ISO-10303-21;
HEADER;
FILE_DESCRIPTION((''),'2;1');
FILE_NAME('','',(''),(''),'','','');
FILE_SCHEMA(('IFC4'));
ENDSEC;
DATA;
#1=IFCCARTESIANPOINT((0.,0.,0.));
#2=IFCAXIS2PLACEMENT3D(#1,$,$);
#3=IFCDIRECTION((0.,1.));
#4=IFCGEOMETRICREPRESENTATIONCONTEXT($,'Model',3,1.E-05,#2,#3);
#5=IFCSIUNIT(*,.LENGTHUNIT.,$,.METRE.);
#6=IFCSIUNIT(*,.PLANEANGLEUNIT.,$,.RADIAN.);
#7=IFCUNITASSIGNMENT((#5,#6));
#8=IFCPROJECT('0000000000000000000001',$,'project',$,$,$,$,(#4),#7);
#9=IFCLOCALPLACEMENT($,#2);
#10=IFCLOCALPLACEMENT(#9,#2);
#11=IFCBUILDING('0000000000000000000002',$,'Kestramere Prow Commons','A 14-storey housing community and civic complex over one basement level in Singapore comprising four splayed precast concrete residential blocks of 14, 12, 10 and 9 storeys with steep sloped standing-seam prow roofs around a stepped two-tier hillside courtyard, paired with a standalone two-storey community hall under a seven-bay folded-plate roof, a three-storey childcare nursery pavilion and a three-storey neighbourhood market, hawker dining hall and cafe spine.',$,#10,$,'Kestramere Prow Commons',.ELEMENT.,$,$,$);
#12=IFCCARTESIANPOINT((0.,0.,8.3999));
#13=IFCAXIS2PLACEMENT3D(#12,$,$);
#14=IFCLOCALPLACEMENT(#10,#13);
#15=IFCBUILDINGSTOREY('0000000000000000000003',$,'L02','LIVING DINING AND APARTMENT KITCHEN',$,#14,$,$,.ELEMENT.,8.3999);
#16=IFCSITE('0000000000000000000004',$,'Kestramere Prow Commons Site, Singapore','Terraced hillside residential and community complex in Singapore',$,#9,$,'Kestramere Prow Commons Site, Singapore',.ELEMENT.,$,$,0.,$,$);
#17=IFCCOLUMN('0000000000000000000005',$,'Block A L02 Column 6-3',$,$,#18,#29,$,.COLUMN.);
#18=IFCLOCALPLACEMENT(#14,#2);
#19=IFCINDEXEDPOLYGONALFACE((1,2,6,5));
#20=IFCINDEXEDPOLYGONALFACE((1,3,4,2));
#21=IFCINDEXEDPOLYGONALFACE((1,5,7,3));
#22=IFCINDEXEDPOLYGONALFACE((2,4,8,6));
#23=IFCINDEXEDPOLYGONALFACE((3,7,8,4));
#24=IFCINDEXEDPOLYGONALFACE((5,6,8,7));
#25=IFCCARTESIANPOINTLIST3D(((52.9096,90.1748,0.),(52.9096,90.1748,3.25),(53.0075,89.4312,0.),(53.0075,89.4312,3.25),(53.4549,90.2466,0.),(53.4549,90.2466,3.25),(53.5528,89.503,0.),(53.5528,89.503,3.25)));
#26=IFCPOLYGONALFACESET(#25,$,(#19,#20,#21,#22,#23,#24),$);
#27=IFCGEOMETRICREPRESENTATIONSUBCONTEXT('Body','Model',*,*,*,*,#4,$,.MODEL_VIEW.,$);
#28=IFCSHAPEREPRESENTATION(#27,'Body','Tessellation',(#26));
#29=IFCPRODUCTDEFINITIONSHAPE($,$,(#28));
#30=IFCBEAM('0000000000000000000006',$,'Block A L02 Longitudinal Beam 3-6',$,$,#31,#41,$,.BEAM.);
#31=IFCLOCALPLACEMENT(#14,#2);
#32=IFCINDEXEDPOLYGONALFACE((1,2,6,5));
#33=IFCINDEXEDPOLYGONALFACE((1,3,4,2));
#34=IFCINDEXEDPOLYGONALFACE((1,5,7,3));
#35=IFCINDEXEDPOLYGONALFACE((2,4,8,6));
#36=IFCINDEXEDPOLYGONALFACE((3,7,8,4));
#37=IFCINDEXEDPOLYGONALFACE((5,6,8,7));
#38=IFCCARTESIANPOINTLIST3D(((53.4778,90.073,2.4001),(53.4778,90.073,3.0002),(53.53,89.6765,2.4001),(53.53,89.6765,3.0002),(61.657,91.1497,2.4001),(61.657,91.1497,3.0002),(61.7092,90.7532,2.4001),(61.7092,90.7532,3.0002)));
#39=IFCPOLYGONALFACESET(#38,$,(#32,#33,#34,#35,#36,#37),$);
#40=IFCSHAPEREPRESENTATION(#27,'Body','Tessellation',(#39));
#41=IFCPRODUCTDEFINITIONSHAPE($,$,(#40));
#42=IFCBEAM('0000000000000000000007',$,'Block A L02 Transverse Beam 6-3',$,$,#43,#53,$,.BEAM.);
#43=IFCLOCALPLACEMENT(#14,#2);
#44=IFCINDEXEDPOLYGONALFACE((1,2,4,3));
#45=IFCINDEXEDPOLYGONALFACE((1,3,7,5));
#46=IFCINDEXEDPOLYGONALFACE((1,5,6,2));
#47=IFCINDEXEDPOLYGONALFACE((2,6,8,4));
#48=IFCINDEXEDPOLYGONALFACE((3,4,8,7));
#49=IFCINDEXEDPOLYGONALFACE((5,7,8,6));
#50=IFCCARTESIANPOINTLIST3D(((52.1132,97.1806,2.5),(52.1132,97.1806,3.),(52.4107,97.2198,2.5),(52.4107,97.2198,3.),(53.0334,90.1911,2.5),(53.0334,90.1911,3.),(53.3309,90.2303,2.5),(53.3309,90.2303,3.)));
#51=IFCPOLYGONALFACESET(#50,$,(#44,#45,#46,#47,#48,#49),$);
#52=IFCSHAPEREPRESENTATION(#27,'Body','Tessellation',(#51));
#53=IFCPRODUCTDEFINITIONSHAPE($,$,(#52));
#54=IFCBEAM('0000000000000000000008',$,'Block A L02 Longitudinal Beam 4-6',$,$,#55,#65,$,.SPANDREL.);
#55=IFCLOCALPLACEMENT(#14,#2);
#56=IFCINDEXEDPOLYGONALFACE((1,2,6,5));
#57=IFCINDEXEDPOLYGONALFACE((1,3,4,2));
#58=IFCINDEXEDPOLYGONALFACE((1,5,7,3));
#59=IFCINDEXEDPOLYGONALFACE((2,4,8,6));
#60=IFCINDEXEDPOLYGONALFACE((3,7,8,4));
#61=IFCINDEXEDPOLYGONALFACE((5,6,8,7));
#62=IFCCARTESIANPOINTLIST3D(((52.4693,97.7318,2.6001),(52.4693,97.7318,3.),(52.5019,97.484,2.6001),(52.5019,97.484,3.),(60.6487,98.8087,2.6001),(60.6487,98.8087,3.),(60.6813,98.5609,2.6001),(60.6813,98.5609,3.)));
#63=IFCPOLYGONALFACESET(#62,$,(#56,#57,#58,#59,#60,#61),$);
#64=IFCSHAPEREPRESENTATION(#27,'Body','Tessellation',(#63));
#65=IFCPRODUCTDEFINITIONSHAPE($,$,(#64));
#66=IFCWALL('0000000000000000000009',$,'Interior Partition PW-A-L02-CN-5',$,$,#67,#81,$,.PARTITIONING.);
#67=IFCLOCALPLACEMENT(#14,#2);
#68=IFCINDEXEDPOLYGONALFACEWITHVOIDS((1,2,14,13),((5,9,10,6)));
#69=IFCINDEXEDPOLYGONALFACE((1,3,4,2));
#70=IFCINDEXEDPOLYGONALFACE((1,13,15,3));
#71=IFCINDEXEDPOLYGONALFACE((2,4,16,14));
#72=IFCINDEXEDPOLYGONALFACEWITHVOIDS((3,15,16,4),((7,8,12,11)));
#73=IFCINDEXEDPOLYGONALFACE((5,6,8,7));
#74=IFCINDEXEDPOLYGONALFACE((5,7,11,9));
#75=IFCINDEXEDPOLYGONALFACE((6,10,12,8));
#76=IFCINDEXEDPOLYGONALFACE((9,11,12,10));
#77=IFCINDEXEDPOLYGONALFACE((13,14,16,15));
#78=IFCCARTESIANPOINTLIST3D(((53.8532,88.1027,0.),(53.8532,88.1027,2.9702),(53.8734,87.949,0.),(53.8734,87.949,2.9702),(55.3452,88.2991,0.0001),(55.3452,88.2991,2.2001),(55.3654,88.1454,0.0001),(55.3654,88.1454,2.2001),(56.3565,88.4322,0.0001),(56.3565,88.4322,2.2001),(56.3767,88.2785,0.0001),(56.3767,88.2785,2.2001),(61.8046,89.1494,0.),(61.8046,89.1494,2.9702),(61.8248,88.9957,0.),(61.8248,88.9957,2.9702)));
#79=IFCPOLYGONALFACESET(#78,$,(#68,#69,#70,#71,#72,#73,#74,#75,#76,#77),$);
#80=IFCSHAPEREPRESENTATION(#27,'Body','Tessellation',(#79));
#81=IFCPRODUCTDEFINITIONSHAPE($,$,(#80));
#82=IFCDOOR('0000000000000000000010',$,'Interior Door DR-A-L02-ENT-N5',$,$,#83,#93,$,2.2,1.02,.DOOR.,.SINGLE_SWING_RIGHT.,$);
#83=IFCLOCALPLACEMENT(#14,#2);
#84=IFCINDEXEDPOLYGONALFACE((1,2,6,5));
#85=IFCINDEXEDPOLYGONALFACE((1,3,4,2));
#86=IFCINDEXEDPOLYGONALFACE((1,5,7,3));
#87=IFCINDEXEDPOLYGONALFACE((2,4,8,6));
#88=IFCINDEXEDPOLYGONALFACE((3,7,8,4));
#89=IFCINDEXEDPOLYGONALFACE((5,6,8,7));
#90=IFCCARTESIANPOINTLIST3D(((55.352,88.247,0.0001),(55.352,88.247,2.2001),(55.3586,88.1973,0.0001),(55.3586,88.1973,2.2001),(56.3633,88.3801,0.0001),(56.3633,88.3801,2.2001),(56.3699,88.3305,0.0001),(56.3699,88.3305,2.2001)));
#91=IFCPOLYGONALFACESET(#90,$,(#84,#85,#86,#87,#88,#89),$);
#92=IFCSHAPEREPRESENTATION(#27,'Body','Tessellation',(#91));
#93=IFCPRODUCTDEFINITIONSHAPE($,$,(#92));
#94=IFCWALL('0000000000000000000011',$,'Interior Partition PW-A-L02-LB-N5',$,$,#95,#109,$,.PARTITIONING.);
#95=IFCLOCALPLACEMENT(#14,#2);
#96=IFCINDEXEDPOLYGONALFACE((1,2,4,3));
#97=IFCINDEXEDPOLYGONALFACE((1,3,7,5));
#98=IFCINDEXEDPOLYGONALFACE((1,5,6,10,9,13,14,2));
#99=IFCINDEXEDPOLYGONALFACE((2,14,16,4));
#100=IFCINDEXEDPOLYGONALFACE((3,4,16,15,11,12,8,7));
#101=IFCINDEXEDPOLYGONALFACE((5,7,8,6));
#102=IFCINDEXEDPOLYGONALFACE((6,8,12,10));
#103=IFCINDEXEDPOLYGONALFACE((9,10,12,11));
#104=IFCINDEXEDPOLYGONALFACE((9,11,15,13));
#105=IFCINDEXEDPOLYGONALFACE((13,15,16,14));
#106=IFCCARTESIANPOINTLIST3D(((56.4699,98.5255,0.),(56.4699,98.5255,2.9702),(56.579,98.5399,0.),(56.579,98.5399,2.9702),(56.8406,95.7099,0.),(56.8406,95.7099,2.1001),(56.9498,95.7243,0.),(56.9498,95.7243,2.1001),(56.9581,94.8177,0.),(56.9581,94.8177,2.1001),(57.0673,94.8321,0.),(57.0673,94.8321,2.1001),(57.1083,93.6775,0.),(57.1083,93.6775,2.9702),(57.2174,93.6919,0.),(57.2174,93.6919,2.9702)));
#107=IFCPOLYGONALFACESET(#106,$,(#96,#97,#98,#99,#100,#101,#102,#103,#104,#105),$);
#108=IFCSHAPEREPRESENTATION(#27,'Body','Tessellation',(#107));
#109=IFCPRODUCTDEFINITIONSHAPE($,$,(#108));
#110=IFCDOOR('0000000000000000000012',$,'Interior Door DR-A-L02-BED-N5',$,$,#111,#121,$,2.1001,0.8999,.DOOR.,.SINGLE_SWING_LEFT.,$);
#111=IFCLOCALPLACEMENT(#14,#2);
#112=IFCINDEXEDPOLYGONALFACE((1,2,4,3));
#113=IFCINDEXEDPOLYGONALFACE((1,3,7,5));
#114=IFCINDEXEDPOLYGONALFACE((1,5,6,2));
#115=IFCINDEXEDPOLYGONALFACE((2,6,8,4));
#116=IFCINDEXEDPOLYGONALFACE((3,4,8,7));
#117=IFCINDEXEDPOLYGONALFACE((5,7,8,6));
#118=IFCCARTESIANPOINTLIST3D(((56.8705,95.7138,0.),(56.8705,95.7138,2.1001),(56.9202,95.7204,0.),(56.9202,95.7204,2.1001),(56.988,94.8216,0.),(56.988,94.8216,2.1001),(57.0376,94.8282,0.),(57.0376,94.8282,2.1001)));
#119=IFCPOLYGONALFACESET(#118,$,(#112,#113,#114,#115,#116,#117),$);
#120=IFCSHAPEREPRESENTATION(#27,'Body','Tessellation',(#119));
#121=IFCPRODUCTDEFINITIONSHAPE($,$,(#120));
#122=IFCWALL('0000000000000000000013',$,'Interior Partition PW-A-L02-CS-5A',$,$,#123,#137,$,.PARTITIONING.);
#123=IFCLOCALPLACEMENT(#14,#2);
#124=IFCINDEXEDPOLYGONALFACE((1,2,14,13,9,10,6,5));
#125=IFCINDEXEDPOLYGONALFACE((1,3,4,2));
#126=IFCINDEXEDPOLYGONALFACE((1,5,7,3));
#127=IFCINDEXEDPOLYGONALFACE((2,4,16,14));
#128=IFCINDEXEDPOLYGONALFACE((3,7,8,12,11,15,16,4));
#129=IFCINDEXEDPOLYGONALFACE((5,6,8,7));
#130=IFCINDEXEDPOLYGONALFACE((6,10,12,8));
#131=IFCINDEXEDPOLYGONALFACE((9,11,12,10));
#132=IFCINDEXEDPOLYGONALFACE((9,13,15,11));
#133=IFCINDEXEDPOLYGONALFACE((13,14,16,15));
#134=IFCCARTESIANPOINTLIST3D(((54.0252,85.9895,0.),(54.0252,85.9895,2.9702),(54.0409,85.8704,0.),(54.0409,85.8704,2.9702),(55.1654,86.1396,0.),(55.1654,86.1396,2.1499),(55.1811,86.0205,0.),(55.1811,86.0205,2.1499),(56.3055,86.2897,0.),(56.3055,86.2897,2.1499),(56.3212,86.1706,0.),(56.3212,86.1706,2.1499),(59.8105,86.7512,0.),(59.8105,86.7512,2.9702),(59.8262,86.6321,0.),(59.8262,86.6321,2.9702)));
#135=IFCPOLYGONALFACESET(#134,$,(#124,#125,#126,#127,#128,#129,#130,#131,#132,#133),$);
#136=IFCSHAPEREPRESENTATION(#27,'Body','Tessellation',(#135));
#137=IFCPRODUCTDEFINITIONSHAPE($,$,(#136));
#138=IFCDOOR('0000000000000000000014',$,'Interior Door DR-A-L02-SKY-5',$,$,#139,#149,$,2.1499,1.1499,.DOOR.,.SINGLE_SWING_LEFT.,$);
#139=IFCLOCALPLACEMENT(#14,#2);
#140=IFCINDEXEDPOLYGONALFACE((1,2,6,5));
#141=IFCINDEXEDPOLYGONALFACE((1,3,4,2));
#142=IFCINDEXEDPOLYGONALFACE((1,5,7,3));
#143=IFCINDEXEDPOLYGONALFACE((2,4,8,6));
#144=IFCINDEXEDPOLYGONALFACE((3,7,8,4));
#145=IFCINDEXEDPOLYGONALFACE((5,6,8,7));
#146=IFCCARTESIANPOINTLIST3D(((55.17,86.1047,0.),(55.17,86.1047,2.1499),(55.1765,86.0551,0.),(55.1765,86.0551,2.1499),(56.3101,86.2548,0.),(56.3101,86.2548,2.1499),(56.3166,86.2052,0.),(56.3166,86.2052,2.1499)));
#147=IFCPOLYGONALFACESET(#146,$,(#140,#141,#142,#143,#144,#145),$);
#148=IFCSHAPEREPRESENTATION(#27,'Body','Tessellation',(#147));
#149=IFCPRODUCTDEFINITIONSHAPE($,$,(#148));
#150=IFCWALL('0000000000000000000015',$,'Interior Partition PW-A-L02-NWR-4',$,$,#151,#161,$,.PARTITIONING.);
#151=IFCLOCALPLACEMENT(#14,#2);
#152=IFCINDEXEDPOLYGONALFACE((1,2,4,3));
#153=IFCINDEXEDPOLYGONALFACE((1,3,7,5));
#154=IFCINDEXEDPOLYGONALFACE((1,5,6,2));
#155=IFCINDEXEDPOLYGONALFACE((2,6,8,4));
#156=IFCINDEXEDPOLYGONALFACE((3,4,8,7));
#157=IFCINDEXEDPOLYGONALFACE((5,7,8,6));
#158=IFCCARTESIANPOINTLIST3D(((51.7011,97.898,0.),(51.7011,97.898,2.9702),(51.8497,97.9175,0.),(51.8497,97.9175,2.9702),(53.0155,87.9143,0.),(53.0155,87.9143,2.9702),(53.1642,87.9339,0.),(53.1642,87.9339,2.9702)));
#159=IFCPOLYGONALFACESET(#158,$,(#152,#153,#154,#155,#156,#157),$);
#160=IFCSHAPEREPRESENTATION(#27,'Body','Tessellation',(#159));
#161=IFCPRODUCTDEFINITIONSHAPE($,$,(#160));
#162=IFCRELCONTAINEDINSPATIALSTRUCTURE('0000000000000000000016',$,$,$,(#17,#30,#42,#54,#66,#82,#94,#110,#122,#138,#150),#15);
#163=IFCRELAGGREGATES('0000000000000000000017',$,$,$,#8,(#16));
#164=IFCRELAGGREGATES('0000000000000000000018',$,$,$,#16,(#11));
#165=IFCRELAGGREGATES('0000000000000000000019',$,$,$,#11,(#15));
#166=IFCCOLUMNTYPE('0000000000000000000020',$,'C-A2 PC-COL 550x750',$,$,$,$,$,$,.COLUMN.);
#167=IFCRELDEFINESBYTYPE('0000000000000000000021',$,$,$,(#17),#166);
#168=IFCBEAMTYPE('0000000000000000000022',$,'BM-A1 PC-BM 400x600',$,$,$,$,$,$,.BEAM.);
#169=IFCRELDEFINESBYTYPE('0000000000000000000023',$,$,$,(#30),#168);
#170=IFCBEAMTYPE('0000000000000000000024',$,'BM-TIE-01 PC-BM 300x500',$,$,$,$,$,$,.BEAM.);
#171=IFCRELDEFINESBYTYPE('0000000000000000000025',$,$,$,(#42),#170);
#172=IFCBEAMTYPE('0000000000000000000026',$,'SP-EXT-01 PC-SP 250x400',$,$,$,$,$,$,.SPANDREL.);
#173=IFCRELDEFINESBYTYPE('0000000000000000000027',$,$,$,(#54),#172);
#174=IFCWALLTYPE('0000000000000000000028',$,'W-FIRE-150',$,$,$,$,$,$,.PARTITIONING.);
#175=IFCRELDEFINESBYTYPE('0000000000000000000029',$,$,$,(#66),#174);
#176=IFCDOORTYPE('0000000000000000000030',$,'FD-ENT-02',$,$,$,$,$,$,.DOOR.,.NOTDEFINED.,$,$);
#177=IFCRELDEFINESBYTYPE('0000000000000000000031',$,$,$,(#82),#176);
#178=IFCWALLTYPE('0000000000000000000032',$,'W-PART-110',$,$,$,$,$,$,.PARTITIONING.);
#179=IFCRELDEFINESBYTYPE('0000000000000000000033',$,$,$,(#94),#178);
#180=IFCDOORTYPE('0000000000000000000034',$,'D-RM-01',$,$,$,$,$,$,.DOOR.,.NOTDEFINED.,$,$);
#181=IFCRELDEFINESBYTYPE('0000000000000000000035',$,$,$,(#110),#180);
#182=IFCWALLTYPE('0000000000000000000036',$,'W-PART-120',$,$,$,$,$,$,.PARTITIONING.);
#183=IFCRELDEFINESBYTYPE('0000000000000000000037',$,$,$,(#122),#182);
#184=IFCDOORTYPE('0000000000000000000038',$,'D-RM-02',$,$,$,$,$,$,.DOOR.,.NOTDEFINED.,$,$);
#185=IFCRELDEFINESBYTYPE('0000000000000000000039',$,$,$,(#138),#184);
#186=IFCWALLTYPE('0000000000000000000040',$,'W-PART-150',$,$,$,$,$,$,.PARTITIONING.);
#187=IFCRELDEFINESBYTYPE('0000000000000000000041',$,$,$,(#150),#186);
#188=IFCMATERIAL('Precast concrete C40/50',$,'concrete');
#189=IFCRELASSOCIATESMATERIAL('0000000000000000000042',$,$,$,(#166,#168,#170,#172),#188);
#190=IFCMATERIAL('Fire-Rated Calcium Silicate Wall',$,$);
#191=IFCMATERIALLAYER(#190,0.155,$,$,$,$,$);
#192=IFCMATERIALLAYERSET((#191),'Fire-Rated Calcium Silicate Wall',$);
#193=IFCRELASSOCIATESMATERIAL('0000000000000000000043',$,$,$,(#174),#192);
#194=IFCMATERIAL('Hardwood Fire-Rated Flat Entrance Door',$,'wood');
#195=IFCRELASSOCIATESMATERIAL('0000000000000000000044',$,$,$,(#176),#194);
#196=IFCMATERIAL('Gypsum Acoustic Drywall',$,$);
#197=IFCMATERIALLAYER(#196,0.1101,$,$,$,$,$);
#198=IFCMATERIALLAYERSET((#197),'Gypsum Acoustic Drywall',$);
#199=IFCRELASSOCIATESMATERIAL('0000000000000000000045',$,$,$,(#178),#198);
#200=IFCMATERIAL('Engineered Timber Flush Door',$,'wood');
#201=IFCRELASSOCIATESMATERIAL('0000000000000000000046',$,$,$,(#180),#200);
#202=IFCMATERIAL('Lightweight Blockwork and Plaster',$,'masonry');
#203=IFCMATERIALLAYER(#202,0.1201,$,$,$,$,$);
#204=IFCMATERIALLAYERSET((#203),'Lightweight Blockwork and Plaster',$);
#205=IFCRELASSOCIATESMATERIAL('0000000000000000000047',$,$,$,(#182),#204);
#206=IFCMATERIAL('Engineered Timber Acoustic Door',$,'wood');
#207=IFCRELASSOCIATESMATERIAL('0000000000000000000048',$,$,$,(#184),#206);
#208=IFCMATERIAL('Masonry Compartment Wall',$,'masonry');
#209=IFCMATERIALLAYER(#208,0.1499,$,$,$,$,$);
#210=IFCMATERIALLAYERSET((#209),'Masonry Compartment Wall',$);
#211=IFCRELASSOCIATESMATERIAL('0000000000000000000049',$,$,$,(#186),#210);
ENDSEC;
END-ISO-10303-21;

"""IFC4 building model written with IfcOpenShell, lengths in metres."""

from ifc_helpers import new_model, si_unit, direction, frame, frame_2d, origin, origin_2d, place, context, subcontext, project, spatial, rectangle, extrude, material, layer, layer_set, material_profile, profile_set, type_object, element, fill, save


model = new_model("IFC4")

# Units and contexts
model_context = context("Model", 3, precision=1e-05, world=origin(), true_north=direction((0.0, 1.0)))
body_context = subcontext(model_context, "Body", "Model", "MODEL_VIEW")
ifc_project = project(units=[si_unit("LENGTHUNIT", "METRE"), si_unit("PLANEANGLEUNIT", "RADIAN")], contexts=[model_context])

# Site, building, storey
site_placement = place(None, origin())
site = spatial("IfcSite", under=ifc_project, at=site_placement, Name="Kestramere Prow Commons Site, Singapore", Description="Terraced hillside residential and community complex in Singapore", LongName="Kestramere Prow Commons Site, Singapore", CompositionType="ELEMENT", RefElevation=0.0)
building_placement = place(site_placement, origin())
building = spatial("IfcBuilding", under=site, at=building_placement, Name="Kestramere Prow Commons", Description="A 14-storey housing community and civic complex over one basement level in Singapore comprising four splayed precast concrete residential blocks of 14, 12, 10 and 9 storeys with steep sloped standing-seam prow roofs around a stepped two-tier hillside courtyard, paired with a standalone two-storey community hall under a seven-bay folded-plate roof, a three-storey childcare nursery pavilion and a three-storey neighbourhood market, hawker dining hall and cafe spine.", LongName="Kestramere Prow Commons", CompositionType="ELEMENT")
storey_placement = place(building_placement, frame((0.0, 0.0, 8.3999)))
storey = spatial("IfcBuildingStorey", under=building, at=storey_placement, Name="L02", Description="LIVING DINING AND APARTMENT KITCHEN", CompositionType="ELEMENT", Elevation=8.3999)

# Column
ifc_material_1 = material(Name="Precast concrete C40/50", Category="concrete")
ifc_material_profile_1 = material_profile(ifc_material_1, rectangle(XDim=0.55, YDim=0.75, at=origin_2d()), Name="PC-COL 550x750")
ifc_profile_set_1 = profile_set([ifc_material_profile_1], Name="Precast concrete C40/50")
column_type = type_object("IfcColumnType", Name="C-A2 PC-COL 550x750", PredefinedType="COLUMN", material=ifc_profile_set_1)
column_placement = place(storey_placement, frame((53.2312, 89.8389, 0.0), z_axis=(0.0, 0.0, 1.0), x_axis=(0.991445, 0.130526, 0.0)))
element("IfcColumn", 1, at=column_placement, inside=storey, type_object=column_type, Name="Block A L02 Column 6-3", PredefinedType="COLUMN", context=body_context, shape_type="SweptSolid", body=[
    extrude(rectangle(XDim=0.55, YDim=0.75, at=origin_2d()), origin(), (0.0, 0.0, 1.0), 3.25),
])

# Beams
ifc_material_profile_2 = material_profile(ifc_material_1, rectangle(XDim=0.3999, YDim=0.6001, at=origin_2d()), Name="PC-BM 400x600")
ifc_profile_set_2 = profile_set([ifc_material_profile_2], Name="Precast concrete C40/50")
beam_type_1 = type_object("IfcBeamType", Name="BM-A1 PC-BM 400x600", PredefinedType="BEAM", material=ifc_profile_set_2)
beam_1_placement = place(storey_placement, frame((53.5039, 89.8748, 2.7002), z_axis=(0.991447, 0.130508, 0.0), x_axis=(-0.130508, 0.991447, 0.0)))
element("IfcBeam", 2, at=beam_1_placement, inside=storey, type_object=beam_type_1, Name="Block A L02 Longitudinal Beam 3-6", PredefinedType="BEAM", context=body_context, shape_type="SweptSolid", body=[
    extrude(rectangle(XDim=0.3999, YDim=0.6001, at=origin_2d()), origin(), (0.0, 0.0, 1.0), 8.2498),
])
ifc_material_profile_3 = material_profile(ifc_material_1, rectangle(XDim=0.3, YDim=0.5, at=origin_2d()), Name="PC-BM 300x500")
ifc_profile_set_3 = profile_set([ifc_material_profile_3], Name="Precast concrete C40/50")
beam_type_2 = type_object("IfcBeamType", Name="BM-TIE-01 PC-BM 300x500", PredefinedType="BEAM", material=ifc_profile_set_3)
beam_2_placement = place(storey_placement, frame((53.1821, 90.2107, 2.75), z_axis=(-0.130523, 0.991445, 0.0), x_axis=(-0.991445, -0.130523, 0.0)))
element("IfcBeam", 3, at=beam_2_placement, inside=storey, type_object=beam_type_2, Name="Block A L02 Transverse Beam 6-3", PredefinedType="BEAM", context=body_context, shape_type="SweptSolid", body=[
    extrude(rectangle(XDim=0.3, YDim=0.5, at=origin_2d()), origin(), (0.0, 0.0, 1.0), 7.0498),
])
ifc_material_profile_4 = material_profile(ifc_material_1, rectangle(XDim=0.25, YDim=0.3999, at=origin_2d()), Name="PC-SP 250x400")
ifc_profile_set_4 = profile_set([ifc_material_profile_4], Name="Precast concrete C40/50")
beam_type_3 = type_object("IfcBeamType", Name="SP-EXT-01 PC-SP 250x400", PredefinedType="SPANDREL", material=ifc_profile_set_4)
beam_3_placement = place(storey_placement, frame((52.4856, 97.6079, 2.8), z_axis=(0.991444, 0.130533, 0.0), x_axis=(-0.130533, 0.991444, 0.0)))
element("IfcBeam", 4, at=beam_3_placement, inside=storey, type_object=beam_type_3, Name="Block A L02 Longitudinal Beam 4-6", PredefinedType="SPANDREL", context=body_context, shape_type="SweptSolid", body=[
    extrude(rectangle(XDim=0.25, YDim=0.3999, at=origin_2d()), origin(), (0.0, 0.0, 1.0), 8.25),
])

# Walls, openings, doors
ifc_material_2 = material(Name="Fire-Rated Calcium Silicate Wall")
ifc_layer_1 = layer(ifc_material_2, 0.155)
ifc_layer_set_1 = layer_set([ifc_layer_1], Name="Fire-Rated Calcium Silicate Wall")
wall_type_1 = type_object("IfcWallType", Name="W-FIRE-150", PredefinedType="PARTITIONING", material=ifc_layer_set_1)
wall_1_placement = place(storey_placement, frame((53.8633, 88.0259, 0.0), z_axis=(0.0, 0.0, 1.0), x_axis=(0.991448, 0.130503, 0.0)))
wall_1 = element("IfcWall", 5, at=wall_1_placement, inside=storey, type_object=wall_type_1, Name="Interior Partition PW-A-L02-CN-5", PredefinedType="PARTITIONING", context=body_context, shape_type="SweptSolid", body=[
    extrude(rectangle(XDim=8.02, YDim=0.155, at=frame_2d((4.01, 0.0))), origin(), (0.0, 0.0, 1.0), 2.9702),
])
opening_1_placement = place(wall_1_placement, frame((1.5049, 0.0, 0.0)))
opening_1 = element("IfcOpeningElement", 6, at=opening_1_placement, cuts=wall_1, PredefinedType="OPENING", context=body_context, shape_type="SweptSolid", body=[
    extrude(rectangle(XDim=1.02, YDim=2.2, at=frame_2d((0.51, 1.1001))), frame((0.0, 0.0925, 0.0), z_axis=(0.0, -1.0, 0.0), x_axis=(1.0, 0.0, 0.0)), (0.0, 0.0, 1.0), 0.1851),
])
ifc_material_3 = material(Name="Hardwood Fire-Rated Flat Entrance Door", Category="wood")
door_type_1 = type_object("IfcDoorType", Name="FD-ENT-02", OperationType="NOTDEFINED", PredefinedType="DOOR", material=ifc_material_3)
door_1_placement = place(opening_1_placement, origin())
door_1 = element("IfcDoor", 7, at=door_1_placement, inside=storey, type_object=door_type_1, Name="Interior Door DR-A-L02-ENT-N5", OperationType="SINGLE_SWING_RIGHT", OverallHeight=2.2, OverallWidth=1.02, PredefinedType="DOOR", context=body_context, shape_type="SweptSolid", body=[
    extrude(rectangle(XDim=1.02, YDim=2.2, at=frame_2d((0.51, 1.1001))), frame((0.0, 0.0249, 0.0), z_axis=(0.0, -1.0, 0.0), x_axis=(1.0, 0.0, 0.0)), (0.0, 0.0, 1.0), 0.05),
])
fill(opening_1, door_1)
ifc_material_4 = material(Name="Gypsum Acoustic Drywall")
ifc_layer_2 = layer(ifc_material_4, 0.1101)
ifc_layer_set_2 = layer_set([ifc_layer_2], Name="Gypsum Acoustic Drywall")
wall_type_2 = type_object("IfcWallType", Name="W-PART-110", PredefinedType="PARTITIONING", material=ifc_layer_set_2)
wall_2_placement = place(storey_placement, frame((57.1628, 93.6848, 0.0), z_axis=(0.0, 0.0, 1.0), x_axis=(-0.130558, 0.991441, 0.0)))
wall_2 = element("IfcWall", 8, at=wall_2_placement, inside=storey, type_object=wall_type_2, Name="Interior Partition PW-A-L02-LB-N5", PredefinedType="PARTITIONING", context=body_context, shape_type="SweptSolid", body=[
    extrude(rectangle(XDim=4.8899, YDim=0.1101, at=frame_2d((2.4448, 0.0))), origin(), (0.0, 0.0, 1.0), 2.9702),
])
opening_2_placement = place(wall_2_placement, frame((1.1499, 0.0, 0.0)))
opening_2 = element("IfcOpeningElement", 9, at=opening_2_placement, cuts=wall_2, PredefinedType="OPENING", context=body_context, shape_type="SweptSolid", body=[
    extrude(rectangle(XDim=0.8999, YDim=2.1001, at=frame_2d((0.45, 1.05))), frame((0.0, 0.0701, 0.0), z_axis=(0.0, -1.0, 0.0), x_axis=(1.0, 0.0, 0.0)), (0.0, 0.0, 1.0), 0.1401),
])
ifc_material_5 = material(Name="Engineered Timber Flush Door", Category="wood")
door_type_2 = type_object("IfcDoorType", Name="D-RM-01", OperationType="NOTDEFINED", PredefinedType="DOOR", material=ifc_material_5)
door_2_placement = place(opening_2_placement, origin())
door_2 = element("IfcDoor", 10, at=door_2_placement, inside=storey, type_object=door_type_2, Name="Interior Door DR-A-L02-BED-N5", OperationType="SINGLE_SWING_LEFT", OverallHeight=2.1001, OverallWidth=0.8999, PredefinedType="DOOR", context=body_context, shape_type="SweptSolid", body=[
    extrude(rectangle(XDim=0.8999, YDim=2.1001, at=frame_2d((0.45, 1.05))), frame((0.0, 0.0249, 0.0), z_axis=(0.0, -1.0, 0.0), x_axis=(1.0, 0.0, 0.0)), (0.0, 0.0, 1.0), 0.05),
])
fill(opening_2, door_2)
ifc_material_6 = material(Name="Lightweight Blockwork and Plaster", Category="masonry")
ifc_layer_3 = layer(ifc_material_6, 0.1201)
ifc_layer_set_3 = layer_set([ifc_layer_3], Name="Lightweight Blockwork and Plaster")
wall_type_3 = type_object("IfcWallType", Name="W-PART-120", PredefinedType="PARTITIONING", material=ifc_layer_set_3)
wall_3_placement = place(storey_placement, frame((54.0332, 85.9299, 0.0), z_axis=(0.0, 0.0, 1.0), x_axis=(0.991443, 0.130541, 0.0)))
wall_3 = element("IfcWall", 11, at=wall_3_placement, inside=storey, type_object=wall_type_3, Name="Interior Partition PW-A-L02-CS-5A", PredefinedType="PARTITIONING", context=body_context, shape_type="SweptSolid", body=[
    extrude(rectangle(XDim=5.8352, YDim=0.1201, at=frame_2d((2.9175, 0.0))), origin(), (0.0, 0.0, 1.0), 2.9702),
])
opening_3_placement = place(wall_3_placement, frame((1.1499, 0.0, 0.0)))
opening_3 = element("IfcOpeningElement", 12, at=opening_3_placement, cuts=wall_3, PredefinedType="OPENING", context=body_context, shape_type="SweptSolid", body=[
    extrude(rectangle(XDim=1.1499, YDim=2.1499, at=frame_2d((0.575, 1.075))), frame((0.0, 0.075, 0.0), z_axis=(0.0, -1.0, 0.0), x_axis=(1.0, 0.0, 0.0)), (0.0, 0.0, 1.0), 0.1501),
])
ifc_material_7 = material(Name="Engineered Timber Acoustic Door", Category="wood")
door_type_3 = type_object("IfcDoorType", Name="D-RM-02", OperationType="NOTDEFINED", PredefinedType="DOOR", material=ifc_material_7)
door_3_placement = place(opening_3_placement, origin())
door_3 = element("IfcDoor", 13, at=door_3_placement, inside=storey, type_object=door_type_3, Name="Interior Door DR-A-L02-SKY-5", OperationType="SINGLE_SWING_LEFT", OverallHeight=2.1499, OverallWidth=1.1499, PredefinedType="DOOR", context=body_context, shape_type="SweptSolid", body=[
    extrude(rectangle(XDim=1.1499, YDim=2.1499, at=frame_2d((0.575, 1.075))), frame((0.0, 0.0249, 0.0), z_axis=(0.0, -1.0, 0.0), x_axis=(1.0, 0.0, 0.0)), (0.0, 0.0, 1.0), 0.05),
])
fill(opening_3, door_3)

# Wall
ifc_material_8 = material(Name="Masonry Compartment Wall", Category="masonry")
ifc_layer_4 = layer(ifc_material_8, 0.1499)
ifc_layer_set_4 = layer_set([ifc_layer_4], Name="Masonry Compartment Wall")
wall_type_4 = type_object("IfcWallType", Name="W-PART-150", PredefinedType="PARTITIONING", material=ifc_layer_set_4)
for number, where, z_axis, x_axis, name in (
    (14, (53.0898, 87.9241, 0.0), (0.0, 0.0, 1.0), (-0.130534, 0.991444, 0.0), "Interior Partition PW-A-L02-NWR-4"),
):
    element("IfcWall", number, at=place(storey_placement, frame(where, z_axis=z_axis, x_axis=x_axis)), inside=storey, type_object=wall_type_4, Name=name, PredefinedType="PARTITIONING", context=body_context, shape_type="SweptSolid", body=[
        extrude(rectangle(XDim=10.0698, YDim=0.1499, at=frame_2d((5.0349, 0.0))), origin(), (0.0, 0.0, 1.0), 2.9702),
    ])

save(model, "model.ifc")
